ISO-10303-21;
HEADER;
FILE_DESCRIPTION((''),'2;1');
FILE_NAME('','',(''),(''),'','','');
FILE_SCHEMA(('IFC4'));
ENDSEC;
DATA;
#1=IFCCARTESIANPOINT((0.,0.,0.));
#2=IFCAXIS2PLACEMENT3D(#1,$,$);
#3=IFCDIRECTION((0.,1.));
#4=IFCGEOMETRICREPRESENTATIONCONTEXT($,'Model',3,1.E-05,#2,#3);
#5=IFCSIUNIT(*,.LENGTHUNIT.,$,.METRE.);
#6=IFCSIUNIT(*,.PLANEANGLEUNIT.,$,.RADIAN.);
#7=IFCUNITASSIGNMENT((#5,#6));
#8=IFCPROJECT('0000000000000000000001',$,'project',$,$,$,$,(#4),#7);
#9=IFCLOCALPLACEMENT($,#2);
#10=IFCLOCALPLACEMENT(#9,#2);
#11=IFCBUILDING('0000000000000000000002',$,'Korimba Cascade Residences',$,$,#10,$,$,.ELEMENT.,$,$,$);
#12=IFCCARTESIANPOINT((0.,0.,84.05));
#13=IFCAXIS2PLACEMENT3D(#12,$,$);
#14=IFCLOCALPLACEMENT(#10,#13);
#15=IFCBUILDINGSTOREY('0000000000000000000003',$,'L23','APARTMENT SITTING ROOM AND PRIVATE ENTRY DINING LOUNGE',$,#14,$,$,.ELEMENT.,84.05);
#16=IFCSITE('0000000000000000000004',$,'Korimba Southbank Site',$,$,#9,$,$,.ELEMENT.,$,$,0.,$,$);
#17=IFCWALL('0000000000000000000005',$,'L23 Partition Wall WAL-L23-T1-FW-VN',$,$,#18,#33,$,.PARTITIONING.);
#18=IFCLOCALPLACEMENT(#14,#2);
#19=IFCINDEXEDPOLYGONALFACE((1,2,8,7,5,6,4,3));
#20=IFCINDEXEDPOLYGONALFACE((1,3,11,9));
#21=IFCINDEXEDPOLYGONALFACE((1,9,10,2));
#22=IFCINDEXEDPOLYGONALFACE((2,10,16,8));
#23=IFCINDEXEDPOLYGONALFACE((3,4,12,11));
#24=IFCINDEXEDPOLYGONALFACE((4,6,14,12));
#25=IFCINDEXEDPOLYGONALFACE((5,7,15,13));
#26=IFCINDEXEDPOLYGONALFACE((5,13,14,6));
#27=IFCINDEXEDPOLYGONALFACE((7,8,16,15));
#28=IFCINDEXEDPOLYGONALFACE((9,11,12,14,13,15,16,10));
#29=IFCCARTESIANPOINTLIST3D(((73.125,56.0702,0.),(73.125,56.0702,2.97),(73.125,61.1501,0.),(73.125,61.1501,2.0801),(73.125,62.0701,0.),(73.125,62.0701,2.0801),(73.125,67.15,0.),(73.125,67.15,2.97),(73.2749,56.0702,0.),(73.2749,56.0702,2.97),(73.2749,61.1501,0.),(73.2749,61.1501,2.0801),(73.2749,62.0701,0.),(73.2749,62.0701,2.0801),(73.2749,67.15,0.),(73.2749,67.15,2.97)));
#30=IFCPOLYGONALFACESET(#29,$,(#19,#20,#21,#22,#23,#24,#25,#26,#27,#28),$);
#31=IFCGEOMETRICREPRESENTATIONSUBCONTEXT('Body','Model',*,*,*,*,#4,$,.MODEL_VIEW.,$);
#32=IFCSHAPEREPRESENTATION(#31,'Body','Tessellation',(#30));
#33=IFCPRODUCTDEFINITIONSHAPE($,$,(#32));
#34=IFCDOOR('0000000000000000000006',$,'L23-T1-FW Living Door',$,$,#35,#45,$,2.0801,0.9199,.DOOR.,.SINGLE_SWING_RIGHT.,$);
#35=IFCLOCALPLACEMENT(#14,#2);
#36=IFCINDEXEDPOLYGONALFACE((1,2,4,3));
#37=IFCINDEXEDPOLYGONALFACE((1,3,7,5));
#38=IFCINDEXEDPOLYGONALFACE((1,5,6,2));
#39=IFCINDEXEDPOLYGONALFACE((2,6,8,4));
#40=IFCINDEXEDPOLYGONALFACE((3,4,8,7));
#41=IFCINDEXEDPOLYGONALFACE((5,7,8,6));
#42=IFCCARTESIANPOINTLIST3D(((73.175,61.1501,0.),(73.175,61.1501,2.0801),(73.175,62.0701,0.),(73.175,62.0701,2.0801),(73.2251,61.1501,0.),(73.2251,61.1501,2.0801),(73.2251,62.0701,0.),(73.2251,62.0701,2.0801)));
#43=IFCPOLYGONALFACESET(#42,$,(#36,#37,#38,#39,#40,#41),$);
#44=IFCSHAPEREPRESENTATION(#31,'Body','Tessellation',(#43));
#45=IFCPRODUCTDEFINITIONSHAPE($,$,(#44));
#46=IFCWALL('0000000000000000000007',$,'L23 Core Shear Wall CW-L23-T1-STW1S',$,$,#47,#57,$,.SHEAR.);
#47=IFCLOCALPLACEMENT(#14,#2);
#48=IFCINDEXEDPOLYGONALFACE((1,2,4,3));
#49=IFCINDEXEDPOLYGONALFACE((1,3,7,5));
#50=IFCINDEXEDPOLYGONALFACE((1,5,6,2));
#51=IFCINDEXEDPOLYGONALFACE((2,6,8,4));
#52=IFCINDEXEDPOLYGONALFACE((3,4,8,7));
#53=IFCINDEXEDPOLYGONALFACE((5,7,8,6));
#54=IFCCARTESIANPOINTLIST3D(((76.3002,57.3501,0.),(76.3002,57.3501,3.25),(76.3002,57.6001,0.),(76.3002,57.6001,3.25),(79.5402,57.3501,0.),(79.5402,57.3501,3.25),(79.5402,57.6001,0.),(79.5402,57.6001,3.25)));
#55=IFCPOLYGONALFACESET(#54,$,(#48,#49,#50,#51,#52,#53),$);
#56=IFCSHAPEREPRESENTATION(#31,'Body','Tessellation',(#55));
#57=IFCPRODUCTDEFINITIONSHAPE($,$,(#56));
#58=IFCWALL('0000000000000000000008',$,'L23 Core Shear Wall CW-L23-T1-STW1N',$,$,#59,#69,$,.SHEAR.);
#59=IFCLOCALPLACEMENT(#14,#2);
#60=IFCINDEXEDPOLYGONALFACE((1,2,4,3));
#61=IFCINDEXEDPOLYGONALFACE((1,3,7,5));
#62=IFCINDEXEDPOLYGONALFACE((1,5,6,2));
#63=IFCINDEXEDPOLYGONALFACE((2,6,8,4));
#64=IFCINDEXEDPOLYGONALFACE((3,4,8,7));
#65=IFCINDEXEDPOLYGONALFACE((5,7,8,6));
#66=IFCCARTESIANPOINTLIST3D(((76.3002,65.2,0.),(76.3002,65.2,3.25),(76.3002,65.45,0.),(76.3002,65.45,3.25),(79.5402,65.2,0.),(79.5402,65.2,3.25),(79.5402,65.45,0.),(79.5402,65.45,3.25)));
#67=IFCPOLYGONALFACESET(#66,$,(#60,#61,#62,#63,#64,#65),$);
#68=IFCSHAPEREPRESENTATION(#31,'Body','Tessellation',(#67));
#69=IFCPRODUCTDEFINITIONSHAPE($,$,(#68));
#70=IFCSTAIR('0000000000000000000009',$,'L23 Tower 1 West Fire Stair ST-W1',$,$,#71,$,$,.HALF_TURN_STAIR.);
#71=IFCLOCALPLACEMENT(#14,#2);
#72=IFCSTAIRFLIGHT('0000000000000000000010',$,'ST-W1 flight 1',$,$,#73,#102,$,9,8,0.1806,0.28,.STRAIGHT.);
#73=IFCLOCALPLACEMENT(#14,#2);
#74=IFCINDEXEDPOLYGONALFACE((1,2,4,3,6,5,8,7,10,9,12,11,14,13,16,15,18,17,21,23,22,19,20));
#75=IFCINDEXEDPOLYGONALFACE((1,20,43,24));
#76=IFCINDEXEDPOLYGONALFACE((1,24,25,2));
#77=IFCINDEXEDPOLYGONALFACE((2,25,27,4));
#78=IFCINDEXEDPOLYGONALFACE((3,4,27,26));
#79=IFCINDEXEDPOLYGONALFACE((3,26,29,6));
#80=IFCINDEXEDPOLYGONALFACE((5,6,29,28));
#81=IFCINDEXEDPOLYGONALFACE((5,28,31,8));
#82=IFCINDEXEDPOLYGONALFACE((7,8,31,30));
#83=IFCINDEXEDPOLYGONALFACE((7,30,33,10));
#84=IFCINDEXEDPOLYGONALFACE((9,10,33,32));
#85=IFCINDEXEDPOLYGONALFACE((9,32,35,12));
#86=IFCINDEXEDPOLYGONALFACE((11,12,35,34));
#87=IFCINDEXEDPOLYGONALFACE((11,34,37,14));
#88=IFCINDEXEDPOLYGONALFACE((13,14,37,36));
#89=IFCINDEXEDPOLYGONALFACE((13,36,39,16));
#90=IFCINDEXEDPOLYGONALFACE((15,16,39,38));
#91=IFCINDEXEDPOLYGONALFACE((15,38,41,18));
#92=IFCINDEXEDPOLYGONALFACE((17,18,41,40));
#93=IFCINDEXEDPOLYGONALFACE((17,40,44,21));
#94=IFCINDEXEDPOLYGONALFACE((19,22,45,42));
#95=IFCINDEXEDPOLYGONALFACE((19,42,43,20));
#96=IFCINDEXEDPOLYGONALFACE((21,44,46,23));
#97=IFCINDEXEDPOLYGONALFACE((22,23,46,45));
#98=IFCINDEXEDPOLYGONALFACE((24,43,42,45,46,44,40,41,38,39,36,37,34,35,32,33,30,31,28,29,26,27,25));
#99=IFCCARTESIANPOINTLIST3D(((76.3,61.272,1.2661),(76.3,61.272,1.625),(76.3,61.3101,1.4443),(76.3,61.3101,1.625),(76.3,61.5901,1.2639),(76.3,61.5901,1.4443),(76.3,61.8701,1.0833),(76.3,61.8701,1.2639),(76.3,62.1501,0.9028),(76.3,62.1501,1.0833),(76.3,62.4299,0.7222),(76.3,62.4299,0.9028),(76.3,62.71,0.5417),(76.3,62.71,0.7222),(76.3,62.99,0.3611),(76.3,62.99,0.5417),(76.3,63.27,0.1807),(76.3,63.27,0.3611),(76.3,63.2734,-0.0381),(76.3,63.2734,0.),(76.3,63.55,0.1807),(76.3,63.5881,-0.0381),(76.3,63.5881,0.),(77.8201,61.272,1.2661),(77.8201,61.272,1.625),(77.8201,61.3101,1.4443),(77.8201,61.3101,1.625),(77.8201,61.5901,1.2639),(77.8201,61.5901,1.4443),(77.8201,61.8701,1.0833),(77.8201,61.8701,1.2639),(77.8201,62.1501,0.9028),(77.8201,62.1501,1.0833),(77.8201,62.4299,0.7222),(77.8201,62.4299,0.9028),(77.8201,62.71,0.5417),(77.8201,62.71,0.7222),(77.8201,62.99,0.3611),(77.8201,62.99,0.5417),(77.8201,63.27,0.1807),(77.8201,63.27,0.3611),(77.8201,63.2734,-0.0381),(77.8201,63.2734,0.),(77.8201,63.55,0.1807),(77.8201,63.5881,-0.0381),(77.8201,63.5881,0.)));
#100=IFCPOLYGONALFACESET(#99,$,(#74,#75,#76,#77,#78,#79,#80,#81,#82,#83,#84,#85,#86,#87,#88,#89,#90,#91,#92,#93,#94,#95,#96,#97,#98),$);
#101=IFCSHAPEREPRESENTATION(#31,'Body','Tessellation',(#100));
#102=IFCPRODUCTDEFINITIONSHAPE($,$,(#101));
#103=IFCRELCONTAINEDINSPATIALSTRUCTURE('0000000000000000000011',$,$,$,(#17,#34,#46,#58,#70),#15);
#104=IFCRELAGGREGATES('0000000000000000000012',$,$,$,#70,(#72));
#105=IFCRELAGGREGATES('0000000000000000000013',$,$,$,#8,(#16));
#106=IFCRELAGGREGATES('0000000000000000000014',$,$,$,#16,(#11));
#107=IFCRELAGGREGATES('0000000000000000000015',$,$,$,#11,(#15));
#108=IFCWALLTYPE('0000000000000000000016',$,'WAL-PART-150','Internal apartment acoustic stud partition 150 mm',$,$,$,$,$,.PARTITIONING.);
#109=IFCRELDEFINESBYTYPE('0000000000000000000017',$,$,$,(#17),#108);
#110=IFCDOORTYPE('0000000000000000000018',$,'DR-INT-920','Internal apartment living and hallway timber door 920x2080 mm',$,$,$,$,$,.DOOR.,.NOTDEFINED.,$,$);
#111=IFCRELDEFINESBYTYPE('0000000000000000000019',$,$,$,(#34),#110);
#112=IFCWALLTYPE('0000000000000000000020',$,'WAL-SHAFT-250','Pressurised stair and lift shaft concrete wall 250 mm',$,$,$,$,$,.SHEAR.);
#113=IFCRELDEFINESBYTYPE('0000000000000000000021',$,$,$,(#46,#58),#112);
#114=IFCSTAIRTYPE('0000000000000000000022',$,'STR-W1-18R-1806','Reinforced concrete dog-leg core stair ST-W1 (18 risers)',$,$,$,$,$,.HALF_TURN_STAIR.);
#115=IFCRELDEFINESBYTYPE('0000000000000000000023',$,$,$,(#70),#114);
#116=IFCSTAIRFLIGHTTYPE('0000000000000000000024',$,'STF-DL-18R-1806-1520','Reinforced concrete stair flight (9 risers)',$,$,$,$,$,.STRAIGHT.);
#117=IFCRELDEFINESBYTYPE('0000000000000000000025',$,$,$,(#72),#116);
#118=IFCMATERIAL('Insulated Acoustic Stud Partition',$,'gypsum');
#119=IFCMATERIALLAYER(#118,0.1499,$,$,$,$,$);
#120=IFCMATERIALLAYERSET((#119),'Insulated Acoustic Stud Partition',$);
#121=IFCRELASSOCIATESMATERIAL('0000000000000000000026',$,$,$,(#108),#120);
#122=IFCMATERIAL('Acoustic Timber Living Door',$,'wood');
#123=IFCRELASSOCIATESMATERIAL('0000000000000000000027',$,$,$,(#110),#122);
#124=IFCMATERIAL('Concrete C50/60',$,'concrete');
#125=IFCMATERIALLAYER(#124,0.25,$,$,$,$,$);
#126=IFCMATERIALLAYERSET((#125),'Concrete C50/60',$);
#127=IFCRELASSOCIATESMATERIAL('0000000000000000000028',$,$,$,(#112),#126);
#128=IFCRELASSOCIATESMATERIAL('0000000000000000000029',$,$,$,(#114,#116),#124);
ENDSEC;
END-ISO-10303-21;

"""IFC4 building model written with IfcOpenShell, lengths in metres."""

from ifc_helpers import new_model, si_unit, direction, frame, frame_2d, origin, place, context, subcontext, project, spatial, polyline, rectangle, outline, extrude, material, layer, layer_set, type_object, element, fill, aggregate, save


model = new_model("IFC4")

# Units and contexts
model_context = context("Model", 3, precision=1e-05, world=origin(), true_north=direction((0.0, 1.0)))
body_context = subcontext(model_context, "Body", "Model", "MODEL_VIEW")
ifc_project = project(units=[si_unit("LENGTHUNIT", "METRE"), si_unit("PLANEANGLEUNIT", "RADIAN")], contexts=[model_context])

# Site, building, storey
site_placement = place(None, origin())
site = spatial("IfcSite", under=ifc_project, at=site_placement, Name="Korimba Southbank Site", CompositionType="ELEMENT", RefElevation=0.0)
building_placement = place(site_placement, origin())
building = spatial("IfcBuilding", under=site, at=building_placement, Name="Korimba Cascade Residences", CompositionType="ELEMENT")
storey_placement = place(building_placement, frame((0.0, 0.0, 84.05)))
storey = spatial("IfcBuildingStorey", under=building, at=storey_placement, Name="L23", Description="APARTMENT SITTING ROOM AND PRIVATE ENTRY DINING LOUNGE", CompositionType="ELEMENT", Elevation=84.05)

# Wall, opening, door
ifc_material_1 = material(Name="Insulated Acoustic Stud Partition", Category="gypsum")
ifc_layer_1 = layer(ifc_material_1, 0.1499)
ifc_layer_set_1 = layer_set([ifc_layer_1], Name="Insulated Acoustic Stud Partition")
wall_type_1 = type_object("IfcWallType", Name="WAL-PART-150", Description="Internal apartment acoustic stud partition 150 mm", PredefinedType="PARTITIONING", material=ifc_layer_set_1)
wall_1_placement = place(storey_placement, frame((73.2, 56.0701, 0.0), z_axis=(0.0, 0.0, 1.0), x_axis=(0.0, 1.0, 0.0)))
wall_1 = element("IfcWall", 1, at=wall_1_placement, inside=storey, type_object=wall_type_1, Name="L23 Partition Wall WAL-L23-T1-FW-VN", PredefinedType="PARTITIONING", context=body_context, shape_type="SweptSolid", body=[
    extrude(rectangle(XDim=11.0798, YDim=0.1499, at=frame_2d((5.54, 0.0))), origin(), (0.0, 0.0, 1.0), 2.97),
])
opening_1_placement = place(wall_1_placement, frame((5.0801, 0.0, 0.0)))
opening_1 = element("IfcOpeningElement", 2, at=opening_1_placement, cuts=wall_1, PredefinedType="OPENING", context=body_context, shape_type="SweptSolid", body=[
    extrude(rectangle(XDim=0.9199, YDim=2.0801, at=frame_2d((0.46, 1.04))), frame((0.0, 0.085, 0.0), z_axis=(0.0, -1.0, 0.0), x_axis=(1.0, 0.0, 0.0)), (0.0, 0.0, 1.0), 0.1699),
])
ifc_material_2 = material(Name="Acoustic Timber Living Door", Category="wood")
door_type_1 = type_object("IfcDoorType", Name="DR-INT-920", Description="Internal apartment living and hallway timber door 920x2080 mm", OperationType="NOTDEFINED", PredefinedType="DOOR", material=ifc_material_2)
door_1_placement = place(opening_1_placement, origin())
door_1 = element("IfcDoor", 3, at=door_1_placement, inside=storey, type_object=door_type_1, Name="L23-T1-FW Living Door", OperationType="SINGLE_SWING_RIGHT", OverallHeight=2.0801, OverallWidth=0.9199, PredefinedType="DOOR", context=body_context, shape_type="SweptSolid", body=[
    extrude(rectangle(XDim=0.9199, YDim=2.0801, at=frame_2d((0.46, 1.04))), frame((0.0, 0.0249, 0.0), z_axis=(0.0, -1.0, 0.0), x_axis=(1.0, 0.0, 0.0)), (0.0, 0.0, 1.0), 0.05),
])
fill(opening_1, door_1)

# Walls
ifc_material_3 = material(Name="Concrete C50/60", Category="concrete")
ifc_layer_2 = layer(ifc_material_3, 0.25)
ifc_layer_set_2 = layer_set([ifc_layer_2], Name="Concrete C50/60")
wall_type_2 = type_object("IfcWallType", Name="WAL-SHAFT-250", Description="Pressurised stair and lift shaft concrete wall 250 mm", PredefinedType="SHEAR", material=ifc_layer_set_2)
for number, where, z_axis, x_axis, name in (
    (4, (76.3, 57.4751, 0.0), (0.0, 0.0, 1.0), (1.0, 0.0, 0.0), "L23 Core Shear Wall CW-L23-T1-STW1S"),
    (5, (76.3, 65.325, 0.0), (0.0, 0.0, 1.0), (1.0, 0.0, 0.0), "L23 Core Shear Wall CW-L23-T1-STW1N"),
):
    element("IfcWall", number, at=place(storey_placement, frame(where, z_axis=z_axis, x_axis=x_axis)), inside=storey, type_object=wall_type_2, Name=name, PredefinedType="SHEAR", context=body_context, shape_type="SweptSolid", body=[
        extrude(rectangle(XDim=3.24, YDim=0.25, at=frame_2d((1.6201, 0.0))), origin(), (0.0, 0.0, 1.0), 3.25),
    ])

# Stair, stair flight
stair_type = type_object("IfcStairType", Name="STR-W1-18R-1806", Description="Reinforced concrete dog-leg core stair ST-W1 (18 risers)", PredefinedType="HALF_TURN_STAIR", material=ifc_material_3)
stair_placement = place(storey_placement, origin())
stair = element("IfcStair", 6, at=stair_placement, inside=storey, type_object=stair_type, Name="L23 Tower 1 West Fire Stair ST-W1", PredefinedType="HALF_TURN_STAIR")
stair_flight_type = type_object("IfcStairFlightType", Name="STF-DL-18R-1806-1520", Description="Reinforced concrete stair flight (9 risers)", PredefinedType="STRAIGHT", material=ifc_material_3)
stair_flight_placement = place(storey_placement, frame((77.0601, 63.55, 0.0), z_axis=(0.0, 0.0, 1.0), x_axis=(0.0, -1.0, 0.0)))
stair_flight = element("IfcStairFlight", 7, at=stair_flight_placement, type_object=stair_flight_type, Name="ST-W1 flight 1", NumberOfRisers=9, NumberOfTreads=8, PredefinedType="STRAIGHT", RiserHeight=0.1806, TreadLength=0.28, context=body_context, shape_type="SweptSolid", body=[
    extrude(outline(polyline([(-0.0381, 0.0), (0.0, 0.1807), (0.28, 0.1807), (0.28, 0.3611), (0.5601, 0.3611), (0.5601, 0.5417), (0.8401, 0.5417), (0.8401, 0.7222), (1.1201, 0.7222), (1.1201, 0.9028), (1.3999, 0.9028), (1.3999, 1.0833), (1.6799, 1.0833), (1.6799, 1.2639), (1.96, 1.2639), (1.96, 1.4443), (2.24, 1.4443), (2.24, 1.625), (2.2781, 1.625), (2.2781, 1.2661), (0.2766, 0.0), (0.2766, -0.0381), (-0.0381, -0.0381), (-0.0381, 0.0)])), frame((0.0, 0.76, 0.0), z_axis=(0.0, -1.0, 0.0), x_axis=(1.0, 0.0, 0.0)), (0.0, 0.0, 1.0), 1.52),
])
aggregate(stair, [stair_flight])

save(model, "model.ifc")
